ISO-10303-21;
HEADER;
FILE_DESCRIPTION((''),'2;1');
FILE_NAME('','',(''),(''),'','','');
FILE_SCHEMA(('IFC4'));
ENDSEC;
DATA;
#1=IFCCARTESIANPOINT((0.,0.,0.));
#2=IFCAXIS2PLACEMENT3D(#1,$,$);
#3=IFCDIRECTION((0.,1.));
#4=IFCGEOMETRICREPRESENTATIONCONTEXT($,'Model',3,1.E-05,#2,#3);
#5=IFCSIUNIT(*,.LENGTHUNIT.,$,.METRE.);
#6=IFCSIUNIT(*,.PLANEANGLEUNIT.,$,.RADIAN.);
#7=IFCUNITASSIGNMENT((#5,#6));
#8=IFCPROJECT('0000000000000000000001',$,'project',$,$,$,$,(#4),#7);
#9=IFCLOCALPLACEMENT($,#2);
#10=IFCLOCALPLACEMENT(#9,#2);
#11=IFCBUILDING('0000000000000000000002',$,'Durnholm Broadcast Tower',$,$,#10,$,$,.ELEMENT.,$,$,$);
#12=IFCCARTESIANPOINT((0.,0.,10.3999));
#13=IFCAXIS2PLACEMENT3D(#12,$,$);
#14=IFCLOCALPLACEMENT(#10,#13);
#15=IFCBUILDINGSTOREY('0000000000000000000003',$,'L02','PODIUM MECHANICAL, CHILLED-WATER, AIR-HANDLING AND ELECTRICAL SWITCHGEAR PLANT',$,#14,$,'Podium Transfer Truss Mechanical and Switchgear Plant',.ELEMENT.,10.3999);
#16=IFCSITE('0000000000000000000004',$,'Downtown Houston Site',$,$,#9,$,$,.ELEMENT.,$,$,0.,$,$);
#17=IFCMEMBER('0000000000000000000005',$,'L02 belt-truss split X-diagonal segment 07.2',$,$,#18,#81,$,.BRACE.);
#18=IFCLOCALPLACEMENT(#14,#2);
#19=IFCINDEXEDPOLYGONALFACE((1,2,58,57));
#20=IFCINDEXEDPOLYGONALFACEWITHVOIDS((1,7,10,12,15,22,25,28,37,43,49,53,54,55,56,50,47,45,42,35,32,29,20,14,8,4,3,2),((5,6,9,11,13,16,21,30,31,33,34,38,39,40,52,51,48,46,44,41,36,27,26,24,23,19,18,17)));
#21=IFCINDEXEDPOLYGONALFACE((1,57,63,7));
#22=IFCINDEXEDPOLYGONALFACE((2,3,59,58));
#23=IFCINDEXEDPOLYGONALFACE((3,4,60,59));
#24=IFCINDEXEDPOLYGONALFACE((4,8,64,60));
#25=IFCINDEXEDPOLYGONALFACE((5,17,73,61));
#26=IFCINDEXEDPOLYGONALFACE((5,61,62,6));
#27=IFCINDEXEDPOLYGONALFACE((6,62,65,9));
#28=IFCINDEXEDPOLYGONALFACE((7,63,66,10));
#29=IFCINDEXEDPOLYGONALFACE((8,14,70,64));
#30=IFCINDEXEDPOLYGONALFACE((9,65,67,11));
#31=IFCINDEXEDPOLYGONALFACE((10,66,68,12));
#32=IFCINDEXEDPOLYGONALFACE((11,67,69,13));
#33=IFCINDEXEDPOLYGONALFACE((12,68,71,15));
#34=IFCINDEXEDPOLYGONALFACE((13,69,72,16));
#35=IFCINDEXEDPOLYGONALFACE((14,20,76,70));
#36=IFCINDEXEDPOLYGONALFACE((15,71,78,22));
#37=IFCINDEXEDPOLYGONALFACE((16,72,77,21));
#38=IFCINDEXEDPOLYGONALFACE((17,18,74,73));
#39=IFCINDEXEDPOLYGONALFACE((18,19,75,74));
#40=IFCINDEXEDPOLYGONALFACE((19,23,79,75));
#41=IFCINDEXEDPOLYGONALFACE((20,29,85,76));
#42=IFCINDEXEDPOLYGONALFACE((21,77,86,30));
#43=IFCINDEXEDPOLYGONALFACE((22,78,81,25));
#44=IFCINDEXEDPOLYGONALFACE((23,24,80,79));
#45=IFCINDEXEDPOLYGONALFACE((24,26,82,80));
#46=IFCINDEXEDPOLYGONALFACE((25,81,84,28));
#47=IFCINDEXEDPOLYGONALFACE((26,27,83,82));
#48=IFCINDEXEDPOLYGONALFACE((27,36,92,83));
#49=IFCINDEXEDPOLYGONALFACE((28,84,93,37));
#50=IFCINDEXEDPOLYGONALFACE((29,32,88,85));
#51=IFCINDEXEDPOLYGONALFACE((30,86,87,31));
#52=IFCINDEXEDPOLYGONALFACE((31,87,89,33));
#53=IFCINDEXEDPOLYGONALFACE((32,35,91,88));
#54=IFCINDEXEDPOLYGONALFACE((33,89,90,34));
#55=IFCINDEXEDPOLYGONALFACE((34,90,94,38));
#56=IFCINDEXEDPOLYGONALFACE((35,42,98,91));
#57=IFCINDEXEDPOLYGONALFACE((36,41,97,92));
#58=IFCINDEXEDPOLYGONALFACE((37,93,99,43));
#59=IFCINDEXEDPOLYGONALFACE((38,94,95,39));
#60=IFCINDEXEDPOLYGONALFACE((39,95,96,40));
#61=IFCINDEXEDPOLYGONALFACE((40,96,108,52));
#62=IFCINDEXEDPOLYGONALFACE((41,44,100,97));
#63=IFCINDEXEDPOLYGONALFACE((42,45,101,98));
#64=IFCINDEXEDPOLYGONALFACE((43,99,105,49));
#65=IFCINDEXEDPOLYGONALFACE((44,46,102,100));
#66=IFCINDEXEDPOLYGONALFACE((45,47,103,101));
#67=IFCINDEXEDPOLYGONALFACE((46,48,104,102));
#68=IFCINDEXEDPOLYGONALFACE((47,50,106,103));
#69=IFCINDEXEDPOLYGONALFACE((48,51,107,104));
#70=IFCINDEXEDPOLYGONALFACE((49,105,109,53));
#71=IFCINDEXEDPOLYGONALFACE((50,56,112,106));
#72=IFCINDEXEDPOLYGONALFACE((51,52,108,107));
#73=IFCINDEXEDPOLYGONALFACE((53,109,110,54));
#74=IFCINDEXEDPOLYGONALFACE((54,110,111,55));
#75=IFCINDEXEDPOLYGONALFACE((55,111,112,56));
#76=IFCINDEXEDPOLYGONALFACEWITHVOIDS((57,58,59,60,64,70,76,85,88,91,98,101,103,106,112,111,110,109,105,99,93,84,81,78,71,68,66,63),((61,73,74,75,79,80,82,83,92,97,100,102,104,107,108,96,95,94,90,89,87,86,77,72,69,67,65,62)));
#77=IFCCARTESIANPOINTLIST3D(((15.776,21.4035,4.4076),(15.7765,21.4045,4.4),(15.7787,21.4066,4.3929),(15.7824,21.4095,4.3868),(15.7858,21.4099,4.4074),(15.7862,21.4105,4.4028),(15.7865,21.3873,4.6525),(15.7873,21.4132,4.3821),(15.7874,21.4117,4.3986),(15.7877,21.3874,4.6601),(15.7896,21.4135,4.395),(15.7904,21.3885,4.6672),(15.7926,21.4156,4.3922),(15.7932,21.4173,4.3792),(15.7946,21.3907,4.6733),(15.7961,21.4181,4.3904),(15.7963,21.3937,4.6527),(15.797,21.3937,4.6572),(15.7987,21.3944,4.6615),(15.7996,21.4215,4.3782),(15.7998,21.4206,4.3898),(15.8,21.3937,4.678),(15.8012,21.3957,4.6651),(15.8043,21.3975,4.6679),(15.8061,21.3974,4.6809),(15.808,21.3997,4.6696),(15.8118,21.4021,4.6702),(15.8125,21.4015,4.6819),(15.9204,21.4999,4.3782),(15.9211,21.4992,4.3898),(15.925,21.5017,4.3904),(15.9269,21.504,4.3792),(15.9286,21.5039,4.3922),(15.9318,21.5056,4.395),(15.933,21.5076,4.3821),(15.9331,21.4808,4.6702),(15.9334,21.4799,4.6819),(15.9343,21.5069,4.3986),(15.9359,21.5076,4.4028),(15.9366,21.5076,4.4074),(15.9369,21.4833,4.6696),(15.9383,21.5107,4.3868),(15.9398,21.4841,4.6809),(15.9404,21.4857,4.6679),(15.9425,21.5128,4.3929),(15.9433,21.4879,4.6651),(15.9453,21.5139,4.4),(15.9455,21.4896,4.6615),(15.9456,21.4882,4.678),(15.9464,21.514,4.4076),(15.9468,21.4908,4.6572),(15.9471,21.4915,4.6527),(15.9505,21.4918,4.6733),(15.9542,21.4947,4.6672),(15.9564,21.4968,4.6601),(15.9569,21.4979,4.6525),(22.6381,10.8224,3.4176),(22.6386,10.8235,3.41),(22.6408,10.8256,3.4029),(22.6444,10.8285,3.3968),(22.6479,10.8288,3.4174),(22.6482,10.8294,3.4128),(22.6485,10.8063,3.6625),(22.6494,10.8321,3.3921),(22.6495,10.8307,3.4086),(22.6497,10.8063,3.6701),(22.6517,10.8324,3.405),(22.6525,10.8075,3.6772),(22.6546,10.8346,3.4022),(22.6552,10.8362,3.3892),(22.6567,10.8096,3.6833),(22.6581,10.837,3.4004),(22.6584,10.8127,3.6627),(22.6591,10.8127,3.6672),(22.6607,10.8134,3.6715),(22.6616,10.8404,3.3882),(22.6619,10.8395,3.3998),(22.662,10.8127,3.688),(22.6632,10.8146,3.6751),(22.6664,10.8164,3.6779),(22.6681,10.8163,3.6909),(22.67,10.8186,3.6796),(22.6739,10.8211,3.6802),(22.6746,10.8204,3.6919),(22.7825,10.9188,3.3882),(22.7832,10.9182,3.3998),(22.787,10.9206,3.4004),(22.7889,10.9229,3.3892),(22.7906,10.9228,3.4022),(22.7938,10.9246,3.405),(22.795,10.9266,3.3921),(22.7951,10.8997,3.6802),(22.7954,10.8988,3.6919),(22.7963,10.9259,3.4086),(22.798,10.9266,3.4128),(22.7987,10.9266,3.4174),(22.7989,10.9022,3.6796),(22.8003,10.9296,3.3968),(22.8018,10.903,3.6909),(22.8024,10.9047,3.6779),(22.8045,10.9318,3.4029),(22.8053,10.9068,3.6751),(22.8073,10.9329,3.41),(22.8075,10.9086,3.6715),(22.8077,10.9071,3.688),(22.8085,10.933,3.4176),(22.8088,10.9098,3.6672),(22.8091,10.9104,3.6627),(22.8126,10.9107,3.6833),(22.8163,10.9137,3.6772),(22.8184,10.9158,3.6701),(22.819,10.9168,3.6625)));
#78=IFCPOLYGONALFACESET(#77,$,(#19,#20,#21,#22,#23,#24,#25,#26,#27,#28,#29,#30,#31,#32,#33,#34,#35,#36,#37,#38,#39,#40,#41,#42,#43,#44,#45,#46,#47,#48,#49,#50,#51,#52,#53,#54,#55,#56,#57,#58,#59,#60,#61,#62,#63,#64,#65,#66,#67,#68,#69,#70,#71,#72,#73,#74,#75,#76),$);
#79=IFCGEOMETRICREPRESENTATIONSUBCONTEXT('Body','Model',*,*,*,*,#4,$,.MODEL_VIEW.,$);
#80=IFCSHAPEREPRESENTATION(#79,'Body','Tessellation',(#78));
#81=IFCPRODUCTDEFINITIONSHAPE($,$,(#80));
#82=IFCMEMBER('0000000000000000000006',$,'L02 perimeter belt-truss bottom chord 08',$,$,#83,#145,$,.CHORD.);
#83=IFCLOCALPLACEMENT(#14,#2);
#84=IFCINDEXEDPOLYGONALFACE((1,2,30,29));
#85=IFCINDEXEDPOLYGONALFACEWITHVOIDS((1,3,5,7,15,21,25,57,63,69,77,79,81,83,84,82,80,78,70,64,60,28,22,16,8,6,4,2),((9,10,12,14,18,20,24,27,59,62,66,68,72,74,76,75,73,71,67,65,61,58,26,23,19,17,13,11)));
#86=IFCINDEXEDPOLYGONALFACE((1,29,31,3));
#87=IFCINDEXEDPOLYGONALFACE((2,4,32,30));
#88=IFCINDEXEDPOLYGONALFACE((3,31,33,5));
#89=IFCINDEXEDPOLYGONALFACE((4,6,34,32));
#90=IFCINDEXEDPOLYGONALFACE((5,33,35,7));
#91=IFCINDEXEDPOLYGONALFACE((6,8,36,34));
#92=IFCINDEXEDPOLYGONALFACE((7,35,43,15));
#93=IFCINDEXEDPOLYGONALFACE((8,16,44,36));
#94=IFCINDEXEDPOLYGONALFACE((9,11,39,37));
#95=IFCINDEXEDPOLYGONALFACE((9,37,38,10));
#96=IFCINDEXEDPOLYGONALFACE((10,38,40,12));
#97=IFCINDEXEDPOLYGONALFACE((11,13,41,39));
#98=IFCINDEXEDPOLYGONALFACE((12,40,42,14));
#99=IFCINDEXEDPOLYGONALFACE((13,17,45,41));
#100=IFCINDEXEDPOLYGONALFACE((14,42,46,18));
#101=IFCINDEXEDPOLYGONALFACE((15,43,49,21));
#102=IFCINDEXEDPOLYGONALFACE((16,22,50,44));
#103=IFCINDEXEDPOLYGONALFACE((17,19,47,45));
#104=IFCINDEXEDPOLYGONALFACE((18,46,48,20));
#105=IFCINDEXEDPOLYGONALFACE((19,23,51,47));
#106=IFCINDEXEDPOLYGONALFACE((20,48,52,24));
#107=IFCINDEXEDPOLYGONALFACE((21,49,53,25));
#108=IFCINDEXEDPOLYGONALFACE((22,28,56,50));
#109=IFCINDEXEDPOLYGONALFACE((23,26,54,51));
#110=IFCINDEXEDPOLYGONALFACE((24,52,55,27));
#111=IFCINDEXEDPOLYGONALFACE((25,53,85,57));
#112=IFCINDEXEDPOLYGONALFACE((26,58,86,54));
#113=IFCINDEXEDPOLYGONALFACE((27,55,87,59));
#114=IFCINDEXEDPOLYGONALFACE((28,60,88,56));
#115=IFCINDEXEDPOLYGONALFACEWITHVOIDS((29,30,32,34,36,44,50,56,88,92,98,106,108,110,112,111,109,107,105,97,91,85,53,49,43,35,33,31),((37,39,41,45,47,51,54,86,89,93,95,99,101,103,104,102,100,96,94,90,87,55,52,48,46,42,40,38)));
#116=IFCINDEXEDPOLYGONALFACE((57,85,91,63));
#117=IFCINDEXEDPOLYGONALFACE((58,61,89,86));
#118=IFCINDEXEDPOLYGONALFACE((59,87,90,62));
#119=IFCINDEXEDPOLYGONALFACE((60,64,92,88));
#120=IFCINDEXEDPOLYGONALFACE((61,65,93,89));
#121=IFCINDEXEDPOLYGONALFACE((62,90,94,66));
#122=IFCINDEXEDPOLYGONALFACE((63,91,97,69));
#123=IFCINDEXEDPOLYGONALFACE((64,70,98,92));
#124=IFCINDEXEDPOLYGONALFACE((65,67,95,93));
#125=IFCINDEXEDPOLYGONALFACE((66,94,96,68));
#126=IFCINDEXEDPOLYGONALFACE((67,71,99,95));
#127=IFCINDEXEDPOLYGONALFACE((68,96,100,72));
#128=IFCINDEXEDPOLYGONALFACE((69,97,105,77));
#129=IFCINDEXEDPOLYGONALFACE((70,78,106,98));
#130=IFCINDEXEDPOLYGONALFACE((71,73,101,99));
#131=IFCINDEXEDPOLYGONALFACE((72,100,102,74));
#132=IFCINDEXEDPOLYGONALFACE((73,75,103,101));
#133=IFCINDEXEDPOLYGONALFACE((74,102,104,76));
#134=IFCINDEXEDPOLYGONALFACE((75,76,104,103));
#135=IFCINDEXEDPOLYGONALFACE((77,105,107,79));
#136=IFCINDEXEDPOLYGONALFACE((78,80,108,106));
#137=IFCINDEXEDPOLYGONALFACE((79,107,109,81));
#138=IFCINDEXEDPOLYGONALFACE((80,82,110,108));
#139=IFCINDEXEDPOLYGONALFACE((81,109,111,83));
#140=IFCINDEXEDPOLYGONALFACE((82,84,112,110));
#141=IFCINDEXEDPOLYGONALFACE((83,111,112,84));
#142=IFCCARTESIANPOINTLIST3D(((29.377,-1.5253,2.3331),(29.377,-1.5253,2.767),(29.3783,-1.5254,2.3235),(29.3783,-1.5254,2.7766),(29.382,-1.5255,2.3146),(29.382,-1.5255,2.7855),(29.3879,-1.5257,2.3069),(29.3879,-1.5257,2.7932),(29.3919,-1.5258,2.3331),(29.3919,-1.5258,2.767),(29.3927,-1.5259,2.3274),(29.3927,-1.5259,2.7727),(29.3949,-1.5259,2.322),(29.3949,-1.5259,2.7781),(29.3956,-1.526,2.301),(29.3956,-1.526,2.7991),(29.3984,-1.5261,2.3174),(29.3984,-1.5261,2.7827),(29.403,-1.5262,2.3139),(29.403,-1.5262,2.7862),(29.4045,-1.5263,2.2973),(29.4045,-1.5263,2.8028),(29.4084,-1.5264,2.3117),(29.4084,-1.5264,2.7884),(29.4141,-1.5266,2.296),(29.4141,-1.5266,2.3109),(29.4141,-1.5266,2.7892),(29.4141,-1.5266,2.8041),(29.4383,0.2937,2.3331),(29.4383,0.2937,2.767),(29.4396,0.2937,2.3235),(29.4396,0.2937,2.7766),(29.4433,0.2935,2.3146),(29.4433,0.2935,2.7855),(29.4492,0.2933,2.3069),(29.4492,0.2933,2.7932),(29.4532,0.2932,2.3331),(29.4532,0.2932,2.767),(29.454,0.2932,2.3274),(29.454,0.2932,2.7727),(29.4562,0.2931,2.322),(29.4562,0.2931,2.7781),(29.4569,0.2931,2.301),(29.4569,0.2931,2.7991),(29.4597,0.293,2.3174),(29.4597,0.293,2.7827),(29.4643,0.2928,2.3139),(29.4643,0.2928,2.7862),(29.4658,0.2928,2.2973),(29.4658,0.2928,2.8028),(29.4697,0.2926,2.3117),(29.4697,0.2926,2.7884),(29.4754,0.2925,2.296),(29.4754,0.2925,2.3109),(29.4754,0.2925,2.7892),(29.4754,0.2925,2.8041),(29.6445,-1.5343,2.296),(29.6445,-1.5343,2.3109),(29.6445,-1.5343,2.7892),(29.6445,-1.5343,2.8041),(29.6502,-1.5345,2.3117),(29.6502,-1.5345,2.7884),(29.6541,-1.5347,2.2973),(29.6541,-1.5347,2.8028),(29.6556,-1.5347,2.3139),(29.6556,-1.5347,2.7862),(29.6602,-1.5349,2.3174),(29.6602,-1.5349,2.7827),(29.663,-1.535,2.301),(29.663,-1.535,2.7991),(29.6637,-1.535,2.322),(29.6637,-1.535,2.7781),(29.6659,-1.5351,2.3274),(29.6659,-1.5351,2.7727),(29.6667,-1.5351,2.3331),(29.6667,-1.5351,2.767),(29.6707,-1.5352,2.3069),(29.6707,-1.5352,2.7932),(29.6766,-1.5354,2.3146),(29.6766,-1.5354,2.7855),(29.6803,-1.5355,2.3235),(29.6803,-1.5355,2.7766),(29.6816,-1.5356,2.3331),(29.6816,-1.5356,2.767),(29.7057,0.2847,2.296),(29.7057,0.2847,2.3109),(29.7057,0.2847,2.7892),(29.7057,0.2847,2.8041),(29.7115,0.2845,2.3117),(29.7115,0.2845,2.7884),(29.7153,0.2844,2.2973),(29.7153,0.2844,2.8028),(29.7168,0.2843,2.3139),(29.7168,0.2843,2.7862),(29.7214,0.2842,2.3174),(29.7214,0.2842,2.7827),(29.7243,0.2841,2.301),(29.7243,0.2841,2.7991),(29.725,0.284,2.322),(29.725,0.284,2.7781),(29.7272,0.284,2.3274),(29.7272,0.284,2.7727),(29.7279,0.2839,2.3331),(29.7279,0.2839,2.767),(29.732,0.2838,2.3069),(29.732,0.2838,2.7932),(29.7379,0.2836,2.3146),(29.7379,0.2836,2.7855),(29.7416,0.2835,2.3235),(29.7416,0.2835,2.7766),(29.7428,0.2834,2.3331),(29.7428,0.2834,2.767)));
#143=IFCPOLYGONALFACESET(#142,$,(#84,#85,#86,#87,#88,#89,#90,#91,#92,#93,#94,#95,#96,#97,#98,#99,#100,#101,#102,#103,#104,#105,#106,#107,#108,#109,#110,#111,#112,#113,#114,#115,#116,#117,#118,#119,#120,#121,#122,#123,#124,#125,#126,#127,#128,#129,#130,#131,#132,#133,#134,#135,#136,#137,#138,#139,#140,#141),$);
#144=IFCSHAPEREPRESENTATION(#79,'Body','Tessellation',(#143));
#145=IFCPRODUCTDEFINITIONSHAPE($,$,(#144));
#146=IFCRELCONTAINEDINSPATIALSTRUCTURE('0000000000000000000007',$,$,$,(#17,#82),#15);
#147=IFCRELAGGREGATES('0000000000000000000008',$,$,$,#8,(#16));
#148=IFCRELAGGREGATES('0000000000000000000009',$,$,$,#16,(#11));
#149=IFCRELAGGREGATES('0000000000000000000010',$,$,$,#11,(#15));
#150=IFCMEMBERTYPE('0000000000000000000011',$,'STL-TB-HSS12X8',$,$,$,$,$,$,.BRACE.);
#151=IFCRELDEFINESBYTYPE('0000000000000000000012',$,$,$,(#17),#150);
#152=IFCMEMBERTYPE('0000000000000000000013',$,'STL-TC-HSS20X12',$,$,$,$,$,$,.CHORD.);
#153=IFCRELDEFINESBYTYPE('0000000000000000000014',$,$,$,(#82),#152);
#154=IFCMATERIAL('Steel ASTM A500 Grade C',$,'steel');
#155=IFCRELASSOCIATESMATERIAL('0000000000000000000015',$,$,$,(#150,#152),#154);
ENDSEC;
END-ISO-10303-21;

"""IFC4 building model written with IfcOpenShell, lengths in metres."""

from ifc_helpers import new_model, si_unit, direction, frame, origin, origin_2d, place, context, subcontext, project, spatial, hollow_rectangle, extrude, source, transform, mapped, material, material_profile, profile_set, type_object, type_shapes, element, save


model = new_model("IFC4")

# Units and contexts
model_context = context("Model", 3, precision=1e-05, world=origin(), true_north=direction((0.0, 1.0)))
body_context = subcontext(model_context, "Body", "Model", "MODEL_VIEW")
ifc_project = project(units=[si_unit("LENGTHUNIT", "METRE"), si_unit("PLANEANGLEUNIT", "RADIAN")], contexts=[model_context])

# Site, building, storey
site_placement = place(None, origin())
site = spatial("IfcSite", under=ifc_project, at=site_placement, Name="Downtown Houston Site", CompositionType="ELEMENT", RefElevation=0.0)
building_placement = place(site_placement, origin())
building = spatial("IfcBuilding", under=site, at=building_placement, Name="Durnholm Broadcast Tower", CompositionType="ELEMENT")
storey_placement = place(building_placement, frame((0.0, 0.0, 10.3999)))
storey = spatial("IfcBuildingStorey", under=building, at=storey_placement, Name="L02", Description="PODIUM MECHANICAL, CHILLED-WATER, AIR-HANDLING AND ELECTRICAL SWITCHGEAR PLANT", LongName="Podium Transfer Truss Mechanical and Switchgear Plant", CompositionType="ELEMENT", Elevation=10.3999)

# Members
ifc_material_1 = material(Name="Steel ASTM A500 Grade C", Category="steel")
ifc_material_profile_1 = material_profile(ifc_material_1, hollow_rectangle(XDim=0.2031, YDim=0.3047, WallThickness=0.0117, InnerFilletRadius=0.0176, OuterFilletRadius=0.0295, at=origin_2d()), Name="HSS12X8X1/2")
ifc_profile_set_1 = profile_set([ifc_material_profile_1], Name="Steel ASTM A500 Grade C")
member_type_1 = type_object("IfcMemberType", Name="STL-TB-HSS12X8", PredefinedType="BRACE", material=ifc_profile_set_1)
shared_shape_1 = source(origin(), body_context, "Body", "SweptSolid", [
    extrude(hollow_rectangle(XDim=0.2031, YDim=0.3047, WallThickness=0.0117, InnerFilletRadius=0.0176, OuterFilletRadius=0.0295, at=origin_2d()), origin(), (0.0, 0.0, 1.0), 12.6501),
])
type_shapes(member_type_1, [shared_shape_1])
for number, where, z_axis, x_axis, name in (
    (1, (22.7285, 10.8696, 3.54), (-0.542448, 0.836436, 0.078259), (-0.839009, -0.544117, 0.0), "L02 belt-truss split X-diagonal segment 07.2"),
):
    element("IfcMember", number, at=place(storey_placement, frame(where, z_axis=z_axis, x_axis=x_axis)), inside=storey, type_object=member_type_1, Name=name, PredefinedType="BRACE", context=body_context, shape_type="MappedRepresentation", body=[
        mapped(shared_shape_1, transform((0.0, 0.0, 0.0), x_axis=(1.0, 0.0, 0.0), y_axis=(0.0, 1.0, 0.0), z_axis=(0.0, 0.0, 1.0), scale=1.0)),
    ])
ifc_material_profile_2 = material_profile(ifc_material_1, hollow_rectangle(XDim=0.3047, YDim=0.5081, WallThickness=0.0149, InnerFilletRadius=0.0222, OuterFilletRadius=0.0371, at=origin_2d()), Name="HSS20X12X5/8")
ifc_profile_set_2 = profile_set([ifc_material_profile_2], Name="Steel ASTM A500 Grade C")
member_type_2 = type_object("IfcMemberType", Name="STL-TC-HSS20X12", PredefinedType="CHORD", material=ifc_profile_set_2)
shared_shape_2 = source(origin(), body_context, "Body", "SweptSolid", [
    extrude(hollow_rectangle(XDim=0.3047, YDim=0.5081, WallThickness=0.0149, InnerFilletRadius=0.0222, OuterFilletRadius=0.0371, at=origin_2d()), origin(), (0.0, 0.0, 1.0), 1.8201),
])
type_shapes(member_type_2, [shared_shape_2])
member_1_placement = place(storey_placement, frame((29.5906, 0.2886, 2.55), z_axis=(-0.033668, -0.999433, 0.0), x_axis=(0.999433, -0.033668, 0.0)))
element("IfcMember", 2, at=member_1_placement, inside=storey, type_object=member_type_2, Name="L02 perimeter belt-truss bottom chord 08", PredefinedType="CHORD", context=body_context, shape_type="MappedRepresentation", body=[
    mapped(shared_shape_2, transform((0.0, 0.0, 0.0), x_axis=(1.0, 0.0, 0.0), y_axis=(0.0, 1.0, 0.0), z_axis=(0.0, 0.0, 1.0), scale=1.0)),
])

save(model, "model.ifc")
